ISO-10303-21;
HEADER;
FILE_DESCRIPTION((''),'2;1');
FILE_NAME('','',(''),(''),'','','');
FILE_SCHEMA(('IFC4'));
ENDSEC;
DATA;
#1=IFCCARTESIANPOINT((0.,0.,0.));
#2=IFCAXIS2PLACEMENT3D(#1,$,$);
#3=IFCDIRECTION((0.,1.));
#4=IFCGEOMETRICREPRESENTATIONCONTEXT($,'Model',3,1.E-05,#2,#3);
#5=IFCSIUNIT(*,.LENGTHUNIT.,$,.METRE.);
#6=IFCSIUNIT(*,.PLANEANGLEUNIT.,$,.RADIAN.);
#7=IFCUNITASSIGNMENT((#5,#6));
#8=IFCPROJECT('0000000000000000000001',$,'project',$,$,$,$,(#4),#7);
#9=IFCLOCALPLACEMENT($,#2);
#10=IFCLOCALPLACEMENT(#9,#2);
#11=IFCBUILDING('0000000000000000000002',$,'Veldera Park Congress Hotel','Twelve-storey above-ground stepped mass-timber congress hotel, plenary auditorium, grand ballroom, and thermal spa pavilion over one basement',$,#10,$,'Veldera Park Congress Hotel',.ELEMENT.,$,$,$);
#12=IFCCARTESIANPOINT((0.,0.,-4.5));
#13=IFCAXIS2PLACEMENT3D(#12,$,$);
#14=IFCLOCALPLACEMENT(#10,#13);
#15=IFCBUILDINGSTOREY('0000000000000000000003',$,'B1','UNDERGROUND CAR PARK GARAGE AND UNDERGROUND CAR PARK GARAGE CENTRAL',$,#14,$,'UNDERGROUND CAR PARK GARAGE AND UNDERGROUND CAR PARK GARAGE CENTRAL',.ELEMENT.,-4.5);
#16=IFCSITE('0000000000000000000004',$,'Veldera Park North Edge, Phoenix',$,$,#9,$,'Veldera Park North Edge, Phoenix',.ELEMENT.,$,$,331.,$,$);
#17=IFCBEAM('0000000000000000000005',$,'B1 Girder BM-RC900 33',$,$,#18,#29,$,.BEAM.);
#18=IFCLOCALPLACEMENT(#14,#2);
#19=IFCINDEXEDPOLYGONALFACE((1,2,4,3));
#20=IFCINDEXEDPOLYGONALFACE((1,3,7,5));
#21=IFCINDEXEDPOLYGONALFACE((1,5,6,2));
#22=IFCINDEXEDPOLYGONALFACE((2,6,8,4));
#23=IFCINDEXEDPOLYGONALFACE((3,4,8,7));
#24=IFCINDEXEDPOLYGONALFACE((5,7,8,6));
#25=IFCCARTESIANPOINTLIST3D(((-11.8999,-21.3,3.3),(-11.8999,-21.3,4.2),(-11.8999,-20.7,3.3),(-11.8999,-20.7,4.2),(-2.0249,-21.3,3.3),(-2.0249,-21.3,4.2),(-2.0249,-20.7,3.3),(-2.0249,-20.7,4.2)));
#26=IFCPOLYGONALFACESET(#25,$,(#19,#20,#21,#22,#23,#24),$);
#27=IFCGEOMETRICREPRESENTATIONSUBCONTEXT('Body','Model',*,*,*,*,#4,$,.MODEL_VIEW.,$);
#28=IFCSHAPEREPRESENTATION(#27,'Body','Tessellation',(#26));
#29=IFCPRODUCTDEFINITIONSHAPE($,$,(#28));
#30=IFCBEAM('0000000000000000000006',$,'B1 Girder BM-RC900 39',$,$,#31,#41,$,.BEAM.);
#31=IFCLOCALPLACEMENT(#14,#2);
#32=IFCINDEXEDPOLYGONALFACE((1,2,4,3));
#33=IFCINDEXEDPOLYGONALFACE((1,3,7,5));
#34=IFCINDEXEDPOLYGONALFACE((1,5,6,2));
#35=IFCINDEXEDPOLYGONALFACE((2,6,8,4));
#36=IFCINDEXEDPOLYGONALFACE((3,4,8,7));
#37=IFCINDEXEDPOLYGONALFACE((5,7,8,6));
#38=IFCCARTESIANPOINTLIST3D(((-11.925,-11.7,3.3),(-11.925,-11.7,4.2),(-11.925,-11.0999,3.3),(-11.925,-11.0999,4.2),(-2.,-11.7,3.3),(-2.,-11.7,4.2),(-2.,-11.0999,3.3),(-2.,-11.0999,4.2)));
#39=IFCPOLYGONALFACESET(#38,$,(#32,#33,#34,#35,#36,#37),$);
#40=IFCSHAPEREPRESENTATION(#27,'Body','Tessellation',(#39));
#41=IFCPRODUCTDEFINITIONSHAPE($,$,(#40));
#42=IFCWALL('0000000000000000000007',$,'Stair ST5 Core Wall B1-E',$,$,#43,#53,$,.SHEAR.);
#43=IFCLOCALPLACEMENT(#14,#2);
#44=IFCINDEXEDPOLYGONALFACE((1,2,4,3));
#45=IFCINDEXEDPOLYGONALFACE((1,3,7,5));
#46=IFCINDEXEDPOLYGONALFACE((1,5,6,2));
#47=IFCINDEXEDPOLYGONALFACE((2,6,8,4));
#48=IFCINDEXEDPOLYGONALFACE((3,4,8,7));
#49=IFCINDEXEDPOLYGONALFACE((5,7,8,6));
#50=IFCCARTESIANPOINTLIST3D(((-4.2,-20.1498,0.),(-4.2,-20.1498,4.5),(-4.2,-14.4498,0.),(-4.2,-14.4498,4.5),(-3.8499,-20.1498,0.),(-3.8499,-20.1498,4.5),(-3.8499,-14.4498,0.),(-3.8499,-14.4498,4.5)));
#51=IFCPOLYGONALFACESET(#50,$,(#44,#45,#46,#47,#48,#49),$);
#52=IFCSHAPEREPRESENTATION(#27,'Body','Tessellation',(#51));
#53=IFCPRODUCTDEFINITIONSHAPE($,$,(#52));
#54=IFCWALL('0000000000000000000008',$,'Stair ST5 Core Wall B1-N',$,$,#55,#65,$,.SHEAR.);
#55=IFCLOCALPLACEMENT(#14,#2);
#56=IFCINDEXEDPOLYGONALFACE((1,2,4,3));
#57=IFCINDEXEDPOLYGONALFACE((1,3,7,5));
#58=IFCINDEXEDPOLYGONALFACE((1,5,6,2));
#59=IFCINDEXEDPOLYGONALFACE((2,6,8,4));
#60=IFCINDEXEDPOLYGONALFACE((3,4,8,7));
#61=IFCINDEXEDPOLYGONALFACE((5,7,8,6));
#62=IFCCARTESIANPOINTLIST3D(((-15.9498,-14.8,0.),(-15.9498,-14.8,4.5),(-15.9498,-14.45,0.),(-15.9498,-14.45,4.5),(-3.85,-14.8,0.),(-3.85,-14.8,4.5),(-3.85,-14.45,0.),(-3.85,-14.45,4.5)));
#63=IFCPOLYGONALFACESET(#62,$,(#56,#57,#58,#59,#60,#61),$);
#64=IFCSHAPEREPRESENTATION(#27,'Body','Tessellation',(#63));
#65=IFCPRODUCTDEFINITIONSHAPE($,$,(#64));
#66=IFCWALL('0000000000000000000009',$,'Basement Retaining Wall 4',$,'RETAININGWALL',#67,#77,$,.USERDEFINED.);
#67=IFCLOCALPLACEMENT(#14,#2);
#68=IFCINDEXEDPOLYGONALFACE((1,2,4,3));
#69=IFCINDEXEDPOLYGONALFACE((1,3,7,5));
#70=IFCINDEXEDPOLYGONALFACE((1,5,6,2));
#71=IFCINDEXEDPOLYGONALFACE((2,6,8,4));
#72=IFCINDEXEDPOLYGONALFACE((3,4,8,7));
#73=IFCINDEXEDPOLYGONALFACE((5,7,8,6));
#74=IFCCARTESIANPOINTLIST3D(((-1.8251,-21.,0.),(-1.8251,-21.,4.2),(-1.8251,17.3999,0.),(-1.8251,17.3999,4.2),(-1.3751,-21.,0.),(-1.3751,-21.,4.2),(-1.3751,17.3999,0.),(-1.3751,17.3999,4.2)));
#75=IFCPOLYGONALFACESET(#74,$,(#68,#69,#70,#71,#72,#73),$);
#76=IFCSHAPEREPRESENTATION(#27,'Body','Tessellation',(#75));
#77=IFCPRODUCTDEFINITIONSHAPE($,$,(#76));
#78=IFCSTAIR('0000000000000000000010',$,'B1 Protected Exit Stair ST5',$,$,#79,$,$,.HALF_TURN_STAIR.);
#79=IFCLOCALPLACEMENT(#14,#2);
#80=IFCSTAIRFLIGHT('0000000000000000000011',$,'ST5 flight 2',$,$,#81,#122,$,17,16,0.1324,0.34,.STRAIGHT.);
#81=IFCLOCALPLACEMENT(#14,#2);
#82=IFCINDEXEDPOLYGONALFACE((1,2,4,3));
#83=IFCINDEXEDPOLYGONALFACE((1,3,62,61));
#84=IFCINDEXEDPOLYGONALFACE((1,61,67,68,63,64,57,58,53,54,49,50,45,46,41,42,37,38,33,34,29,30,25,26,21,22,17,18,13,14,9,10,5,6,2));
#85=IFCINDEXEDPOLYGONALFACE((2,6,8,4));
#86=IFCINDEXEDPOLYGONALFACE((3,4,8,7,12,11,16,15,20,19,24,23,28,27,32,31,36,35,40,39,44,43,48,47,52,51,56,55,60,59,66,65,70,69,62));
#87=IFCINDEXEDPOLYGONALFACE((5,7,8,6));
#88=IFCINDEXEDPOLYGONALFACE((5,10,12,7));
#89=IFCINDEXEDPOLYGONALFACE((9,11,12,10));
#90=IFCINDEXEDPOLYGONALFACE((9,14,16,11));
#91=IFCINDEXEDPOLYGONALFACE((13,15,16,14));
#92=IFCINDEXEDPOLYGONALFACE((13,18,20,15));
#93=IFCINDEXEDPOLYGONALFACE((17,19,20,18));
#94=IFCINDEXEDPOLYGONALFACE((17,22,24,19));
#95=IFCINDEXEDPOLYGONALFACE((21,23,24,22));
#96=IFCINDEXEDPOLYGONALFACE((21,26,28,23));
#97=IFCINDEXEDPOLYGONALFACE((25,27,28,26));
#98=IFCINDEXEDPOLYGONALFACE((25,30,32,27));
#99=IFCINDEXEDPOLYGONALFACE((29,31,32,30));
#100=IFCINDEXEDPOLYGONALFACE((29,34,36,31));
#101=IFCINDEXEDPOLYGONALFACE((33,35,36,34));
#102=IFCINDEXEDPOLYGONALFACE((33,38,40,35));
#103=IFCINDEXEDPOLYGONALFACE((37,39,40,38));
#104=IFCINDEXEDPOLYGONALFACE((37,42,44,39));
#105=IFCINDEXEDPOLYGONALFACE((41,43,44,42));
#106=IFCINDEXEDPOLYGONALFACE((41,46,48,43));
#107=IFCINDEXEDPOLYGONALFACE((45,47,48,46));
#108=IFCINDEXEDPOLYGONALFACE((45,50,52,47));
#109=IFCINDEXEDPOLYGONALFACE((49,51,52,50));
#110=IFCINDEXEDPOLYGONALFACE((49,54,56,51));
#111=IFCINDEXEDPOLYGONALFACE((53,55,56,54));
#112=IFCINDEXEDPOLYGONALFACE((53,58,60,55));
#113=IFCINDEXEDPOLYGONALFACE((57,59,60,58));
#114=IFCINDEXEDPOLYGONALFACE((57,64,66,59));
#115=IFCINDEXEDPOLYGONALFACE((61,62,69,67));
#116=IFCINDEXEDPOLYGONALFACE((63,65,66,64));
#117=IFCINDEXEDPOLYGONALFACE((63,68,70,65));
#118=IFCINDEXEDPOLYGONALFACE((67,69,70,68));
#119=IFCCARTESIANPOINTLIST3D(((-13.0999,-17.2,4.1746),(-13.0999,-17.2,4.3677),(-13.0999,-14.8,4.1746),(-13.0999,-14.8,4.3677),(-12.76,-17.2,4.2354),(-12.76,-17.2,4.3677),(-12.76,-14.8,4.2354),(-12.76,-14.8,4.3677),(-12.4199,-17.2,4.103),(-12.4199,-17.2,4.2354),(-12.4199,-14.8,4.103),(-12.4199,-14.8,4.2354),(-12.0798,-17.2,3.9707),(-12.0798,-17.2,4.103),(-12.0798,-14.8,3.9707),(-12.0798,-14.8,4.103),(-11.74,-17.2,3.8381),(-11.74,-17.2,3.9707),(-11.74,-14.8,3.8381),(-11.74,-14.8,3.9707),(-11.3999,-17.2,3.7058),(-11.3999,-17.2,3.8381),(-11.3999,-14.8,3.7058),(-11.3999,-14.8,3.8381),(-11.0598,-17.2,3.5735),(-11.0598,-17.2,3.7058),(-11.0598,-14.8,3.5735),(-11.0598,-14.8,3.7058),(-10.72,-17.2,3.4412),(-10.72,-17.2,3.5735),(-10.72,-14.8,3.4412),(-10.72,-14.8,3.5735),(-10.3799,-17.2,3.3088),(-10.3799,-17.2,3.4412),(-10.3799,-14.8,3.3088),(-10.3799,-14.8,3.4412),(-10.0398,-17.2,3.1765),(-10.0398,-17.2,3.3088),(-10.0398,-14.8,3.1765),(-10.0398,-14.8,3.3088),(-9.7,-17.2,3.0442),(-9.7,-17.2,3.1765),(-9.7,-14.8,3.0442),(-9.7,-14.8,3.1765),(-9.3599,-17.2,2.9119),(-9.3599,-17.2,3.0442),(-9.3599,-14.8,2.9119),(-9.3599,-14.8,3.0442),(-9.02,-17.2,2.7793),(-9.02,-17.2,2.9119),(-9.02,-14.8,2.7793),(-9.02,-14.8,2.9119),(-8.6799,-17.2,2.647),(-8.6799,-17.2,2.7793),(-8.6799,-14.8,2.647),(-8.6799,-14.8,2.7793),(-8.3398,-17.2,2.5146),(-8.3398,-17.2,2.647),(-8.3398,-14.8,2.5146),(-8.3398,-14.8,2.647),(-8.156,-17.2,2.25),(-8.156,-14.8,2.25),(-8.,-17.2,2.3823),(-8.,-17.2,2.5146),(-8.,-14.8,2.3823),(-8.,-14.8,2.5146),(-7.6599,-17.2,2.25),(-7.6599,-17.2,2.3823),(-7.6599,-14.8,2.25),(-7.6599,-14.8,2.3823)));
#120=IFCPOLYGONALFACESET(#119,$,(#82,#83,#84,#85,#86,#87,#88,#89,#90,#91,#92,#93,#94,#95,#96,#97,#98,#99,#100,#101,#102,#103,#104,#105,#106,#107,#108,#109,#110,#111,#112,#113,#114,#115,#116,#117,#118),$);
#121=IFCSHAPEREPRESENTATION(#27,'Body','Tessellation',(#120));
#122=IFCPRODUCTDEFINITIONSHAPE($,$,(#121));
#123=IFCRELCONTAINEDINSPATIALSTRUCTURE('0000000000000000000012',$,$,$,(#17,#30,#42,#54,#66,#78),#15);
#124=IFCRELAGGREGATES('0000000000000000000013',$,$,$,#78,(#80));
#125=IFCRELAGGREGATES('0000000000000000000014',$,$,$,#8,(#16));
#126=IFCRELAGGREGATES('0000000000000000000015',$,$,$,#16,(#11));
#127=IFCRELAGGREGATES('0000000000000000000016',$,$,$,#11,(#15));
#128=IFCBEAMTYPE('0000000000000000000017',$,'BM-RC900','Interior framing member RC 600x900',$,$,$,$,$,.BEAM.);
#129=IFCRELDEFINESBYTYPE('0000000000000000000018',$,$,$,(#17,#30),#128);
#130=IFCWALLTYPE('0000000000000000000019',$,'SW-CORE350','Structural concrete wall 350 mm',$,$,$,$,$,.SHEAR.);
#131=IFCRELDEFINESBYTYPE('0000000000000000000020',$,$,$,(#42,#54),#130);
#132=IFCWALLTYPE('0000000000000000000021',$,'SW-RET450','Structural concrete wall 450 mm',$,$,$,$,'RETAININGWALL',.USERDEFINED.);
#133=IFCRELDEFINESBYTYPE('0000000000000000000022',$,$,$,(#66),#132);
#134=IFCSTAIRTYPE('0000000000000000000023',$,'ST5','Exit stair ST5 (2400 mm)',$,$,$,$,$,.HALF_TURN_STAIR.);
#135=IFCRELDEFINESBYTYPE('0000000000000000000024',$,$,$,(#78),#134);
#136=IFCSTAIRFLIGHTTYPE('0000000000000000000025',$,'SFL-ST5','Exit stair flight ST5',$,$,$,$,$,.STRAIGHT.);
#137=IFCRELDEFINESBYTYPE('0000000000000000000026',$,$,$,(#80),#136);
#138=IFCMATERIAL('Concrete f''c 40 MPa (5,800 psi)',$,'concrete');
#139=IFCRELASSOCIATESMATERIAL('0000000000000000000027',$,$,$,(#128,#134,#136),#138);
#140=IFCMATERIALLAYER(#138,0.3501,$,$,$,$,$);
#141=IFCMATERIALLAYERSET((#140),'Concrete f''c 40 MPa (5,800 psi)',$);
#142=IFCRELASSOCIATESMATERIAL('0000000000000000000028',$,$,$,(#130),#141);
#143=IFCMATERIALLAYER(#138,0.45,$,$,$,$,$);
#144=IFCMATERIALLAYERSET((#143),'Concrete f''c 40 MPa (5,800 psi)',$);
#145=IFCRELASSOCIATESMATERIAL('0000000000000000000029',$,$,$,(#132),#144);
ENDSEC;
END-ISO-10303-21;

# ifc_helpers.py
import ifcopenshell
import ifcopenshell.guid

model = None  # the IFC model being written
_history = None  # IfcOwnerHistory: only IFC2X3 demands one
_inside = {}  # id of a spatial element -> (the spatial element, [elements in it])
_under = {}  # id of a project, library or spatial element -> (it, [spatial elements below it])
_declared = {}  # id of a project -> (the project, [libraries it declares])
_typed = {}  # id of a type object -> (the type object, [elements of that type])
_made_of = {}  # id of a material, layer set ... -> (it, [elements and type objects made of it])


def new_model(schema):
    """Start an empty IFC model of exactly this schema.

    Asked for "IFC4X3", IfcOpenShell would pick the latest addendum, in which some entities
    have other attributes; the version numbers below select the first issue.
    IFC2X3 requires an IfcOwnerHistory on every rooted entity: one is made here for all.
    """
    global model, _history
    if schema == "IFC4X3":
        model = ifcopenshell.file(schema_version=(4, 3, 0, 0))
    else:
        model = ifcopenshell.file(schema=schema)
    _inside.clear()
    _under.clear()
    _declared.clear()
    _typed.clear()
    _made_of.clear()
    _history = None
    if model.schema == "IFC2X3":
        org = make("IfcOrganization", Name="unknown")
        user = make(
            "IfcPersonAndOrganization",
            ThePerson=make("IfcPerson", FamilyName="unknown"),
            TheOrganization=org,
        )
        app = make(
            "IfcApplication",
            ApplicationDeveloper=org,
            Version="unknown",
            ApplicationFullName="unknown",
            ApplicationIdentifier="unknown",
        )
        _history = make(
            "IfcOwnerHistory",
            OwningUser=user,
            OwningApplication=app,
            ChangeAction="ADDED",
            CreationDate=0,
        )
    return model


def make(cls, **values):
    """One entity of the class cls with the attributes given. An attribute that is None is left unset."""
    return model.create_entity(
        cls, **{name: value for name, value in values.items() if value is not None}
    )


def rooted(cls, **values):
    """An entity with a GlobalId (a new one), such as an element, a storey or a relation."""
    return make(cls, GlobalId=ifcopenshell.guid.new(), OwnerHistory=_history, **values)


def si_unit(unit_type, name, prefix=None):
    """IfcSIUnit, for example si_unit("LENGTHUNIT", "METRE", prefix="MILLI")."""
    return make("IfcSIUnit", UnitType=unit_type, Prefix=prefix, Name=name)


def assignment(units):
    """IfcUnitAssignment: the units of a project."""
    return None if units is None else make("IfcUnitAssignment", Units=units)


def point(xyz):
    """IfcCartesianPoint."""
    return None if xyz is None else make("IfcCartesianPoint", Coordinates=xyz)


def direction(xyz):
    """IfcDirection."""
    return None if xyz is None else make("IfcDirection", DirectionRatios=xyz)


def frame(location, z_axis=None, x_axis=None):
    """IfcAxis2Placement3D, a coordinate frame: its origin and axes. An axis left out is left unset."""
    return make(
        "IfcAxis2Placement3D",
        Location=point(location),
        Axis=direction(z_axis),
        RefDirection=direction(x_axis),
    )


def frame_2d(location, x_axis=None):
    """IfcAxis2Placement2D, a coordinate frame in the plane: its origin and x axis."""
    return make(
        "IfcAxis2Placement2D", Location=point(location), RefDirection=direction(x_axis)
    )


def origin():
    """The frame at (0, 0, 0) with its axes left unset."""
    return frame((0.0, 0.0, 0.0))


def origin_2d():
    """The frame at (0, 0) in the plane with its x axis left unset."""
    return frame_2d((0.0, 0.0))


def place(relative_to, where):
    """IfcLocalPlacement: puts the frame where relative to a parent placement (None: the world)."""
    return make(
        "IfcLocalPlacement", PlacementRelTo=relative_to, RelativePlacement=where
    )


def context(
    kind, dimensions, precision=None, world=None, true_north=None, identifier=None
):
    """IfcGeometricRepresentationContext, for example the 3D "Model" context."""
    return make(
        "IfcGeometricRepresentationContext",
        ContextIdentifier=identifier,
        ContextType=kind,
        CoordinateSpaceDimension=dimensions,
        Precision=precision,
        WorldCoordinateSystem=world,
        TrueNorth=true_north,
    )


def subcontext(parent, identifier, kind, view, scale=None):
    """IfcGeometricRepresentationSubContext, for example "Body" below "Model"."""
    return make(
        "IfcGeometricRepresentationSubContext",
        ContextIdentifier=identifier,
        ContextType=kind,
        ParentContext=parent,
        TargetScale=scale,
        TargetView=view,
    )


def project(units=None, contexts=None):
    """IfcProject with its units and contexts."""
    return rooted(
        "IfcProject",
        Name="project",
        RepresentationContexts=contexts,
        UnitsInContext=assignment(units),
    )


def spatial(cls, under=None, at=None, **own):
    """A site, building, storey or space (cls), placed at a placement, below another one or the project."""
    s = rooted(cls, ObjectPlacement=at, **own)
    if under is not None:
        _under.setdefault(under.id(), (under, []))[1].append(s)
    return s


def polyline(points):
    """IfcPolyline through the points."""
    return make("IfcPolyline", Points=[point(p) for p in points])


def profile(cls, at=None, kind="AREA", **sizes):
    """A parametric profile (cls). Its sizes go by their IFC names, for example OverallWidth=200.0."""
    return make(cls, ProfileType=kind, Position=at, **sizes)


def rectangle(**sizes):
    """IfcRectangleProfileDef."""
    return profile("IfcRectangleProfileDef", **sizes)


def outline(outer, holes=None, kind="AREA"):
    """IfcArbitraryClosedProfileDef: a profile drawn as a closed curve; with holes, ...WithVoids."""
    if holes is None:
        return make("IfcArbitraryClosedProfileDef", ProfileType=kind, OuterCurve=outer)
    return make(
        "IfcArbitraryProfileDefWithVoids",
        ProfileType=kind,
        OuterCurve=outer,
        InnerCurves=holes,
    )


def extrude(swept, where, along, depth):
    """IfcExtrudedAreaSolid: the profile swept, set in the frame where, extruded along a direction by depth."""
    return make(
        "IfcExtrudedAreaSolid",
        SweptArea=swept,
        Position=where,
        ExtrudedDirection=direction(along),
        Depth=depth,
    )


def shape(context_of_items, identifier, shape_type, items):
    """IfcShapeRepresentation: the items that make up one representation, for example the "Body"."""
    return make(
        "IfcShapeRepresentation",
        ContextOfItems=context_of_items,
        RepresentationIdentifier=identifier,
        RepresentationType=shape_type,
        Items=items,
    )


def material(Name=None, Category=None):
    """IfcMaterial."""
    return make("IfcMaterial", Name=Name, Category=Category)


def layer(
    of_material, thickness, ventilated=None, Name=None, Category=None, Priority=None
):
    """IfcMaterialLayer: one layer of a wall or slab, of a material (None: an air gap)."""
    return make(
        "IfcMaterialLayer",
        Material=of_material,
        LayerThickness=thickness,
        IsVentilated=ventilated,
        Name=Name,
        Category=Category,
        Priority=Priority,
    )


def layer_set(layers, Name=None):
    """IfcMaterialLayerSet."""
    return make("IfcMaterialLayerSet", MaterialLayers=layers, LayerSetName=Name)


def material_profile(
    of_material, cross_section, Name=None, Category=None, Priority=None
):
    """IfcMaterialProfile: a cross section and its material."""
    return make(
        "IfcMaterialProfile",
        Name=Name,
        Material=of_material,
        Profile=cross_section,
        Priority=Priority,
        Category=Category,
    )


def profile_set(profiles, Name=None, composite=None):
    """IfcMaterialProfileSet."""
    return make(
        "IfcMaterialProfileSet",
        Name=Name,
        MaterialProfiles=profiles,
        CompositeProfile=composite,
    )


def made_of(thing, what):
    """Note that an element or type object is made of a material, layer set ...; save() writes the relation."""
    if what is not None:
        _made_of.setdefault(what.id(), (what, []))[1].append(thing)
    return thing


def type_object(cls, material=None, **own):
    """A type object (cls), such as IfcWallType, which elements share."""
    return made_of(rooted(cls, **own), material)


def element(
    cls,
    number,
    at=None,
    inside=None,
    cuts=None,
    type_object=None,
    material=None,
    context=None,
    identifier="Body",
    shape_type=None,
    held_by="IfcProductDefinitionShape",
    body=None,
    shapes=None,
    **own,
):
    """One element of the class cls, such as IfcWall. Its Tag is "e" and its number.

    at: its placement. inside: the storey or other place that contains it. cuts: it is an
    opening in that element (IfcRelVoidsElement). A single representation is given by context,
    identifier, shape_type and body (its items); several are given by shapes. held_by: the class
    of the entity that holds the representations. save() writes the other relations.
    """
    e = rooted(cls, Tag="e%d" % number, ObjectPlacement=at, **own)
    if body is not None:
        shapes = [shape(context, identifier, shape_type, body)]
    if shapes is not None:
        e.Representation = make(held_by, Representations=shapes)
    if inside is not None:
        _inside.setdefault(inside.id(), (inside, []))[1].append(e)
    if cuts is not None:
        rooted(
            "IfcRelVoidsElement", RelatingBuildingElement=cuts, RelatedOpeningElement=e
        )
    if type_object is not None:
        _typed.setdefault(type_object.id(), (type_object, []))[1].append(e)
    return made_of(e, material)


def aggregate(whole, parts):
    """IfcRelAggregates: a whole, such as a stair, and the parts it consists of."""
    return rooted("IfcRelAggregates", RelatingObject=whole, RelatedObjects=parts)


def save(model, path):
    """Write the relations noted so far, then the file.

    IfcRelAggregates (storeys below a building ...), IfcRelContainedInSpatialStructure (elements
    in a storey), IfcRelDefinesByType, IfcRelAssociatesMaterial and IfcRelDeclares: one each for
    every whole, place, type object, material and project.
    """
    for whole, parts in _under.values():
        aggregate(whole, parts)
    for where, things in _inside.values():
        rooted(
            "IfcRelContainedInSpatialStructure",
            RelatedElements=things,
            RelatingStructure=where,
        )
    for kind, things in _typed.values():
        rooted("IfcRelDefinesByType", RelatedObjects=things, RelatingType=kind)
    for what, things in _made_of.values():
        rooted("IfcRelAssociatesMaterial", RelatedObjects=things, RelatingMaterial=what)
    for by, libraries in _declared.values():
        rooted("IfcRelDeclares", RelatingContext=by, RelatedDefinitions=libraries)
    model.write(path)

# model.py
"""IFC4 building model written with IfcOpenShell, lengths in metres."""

from ifc_helpers import new_model, si_unit, direction, frame, frame_2d, origin, origin_2d, place, context, subcontext, project, spatial, polyline, rectangle, outline, extrude, material, layer, layer_set, material_profile, profile_set, type_object, element, aggregate, save


model = new_model("IFC4")

# Units and contexts
model_context = context("Model", 3, precision=1e-05, world=origin(), true_north=direction((0.0, 1.0)))
body_context = subcontext(model_context, "Body", "Model", "MODEL_VIEW")
ifc_project = project(units=[si_unit("LENGTHUNIT", "METRE"), si_unit("PLANEANGLEUNIT", "RADIAN")], contexts=[model_context])

# Site, building, storey
site_placement = place(None, origin())
site = spatial("IfcSite", under=ifc_project, at=site_placement, Name="Veldera Park North Edge, Phoenix", LongName="Veldera Park North Edge, Phoenix", CompositionType="ELEMENT", RefElevation=331.0)
building_placement = place(site_placement, origin())
building = spatial("IfcBuilding", under=site, at=building_placement, Name="Veldera Park Congress Hotel", Description="Twelve-storey above-ground stepped mass-timber congress hotel, plenary auditorium, grand ballroom, and thermal spa pavilion over one basement", LongName="Veldera Park Congress Hotel", CompositionType="ELEMENT")
storey_placement = place(building_placement, frame((0.0, 0.0, -4.5)))
storey = spatial("IfcBuildingStorey", under=building, at=storey_placement, Name="B1", Description="UNDERGROUND CAR PARK GARAGE AND UNDERGROUND CAR PARK GARAGE CENTRAL", LongName="UNDERGROUND CAR PARK GARAGE AND UNDERGROUND CAR PARK GARAGE CENTRAL", CompositionType="ELEMENT", Elevation=-4.5)

# Shared definitions
ifc_material_1 = material(Name="Concrete f'c 40 MPa (5,800 psi)", Category="concrete")

# Beams
ifc_material_profile_1 = material_profile(ifc_material_1, rectangle(XDim=0.6001, YDim=0.8999, at=origin_2d()), Name="RC 600x900")
ifc_profile_set_1 = profile_set([ifc_material_profile_1], Name="Concrete f'c 40 MPa (5,800 psi)")
beam_type_1 = type_object("IfcBeamType", Name="BM-RC900", Description="Interior framing member RC 600x900", PredefinedType="BEAM", material=ifc_profile_set_1)
beam_1_placement = place(storey_placement, frame((-11.8999, -21.0, 3.75), z_axis=(1.0, 0.0, 0.0), x_axis=(0.0, 1.0, 0.0)))
element("IfcBeam", 1, at=beam_1_placement, inside=storey, type_object=beam_type_1, Name="B1 Girder BM-RC900 33", PredefinedType="BEAM", context=body_context, shape_type="SweptSolid", body=[
    extrude(rectangle(XDim=0.6001, YDim=0.8999, at=origin_2d()), origin(), (0.0, 0.0, 1.0), 9.875),
])
beam_2_placement = place(storey_placement, frame((-11.925, -11.3999, 3.75), z_axis=(1.0, 0.0, 0.0), x_axis=(0.0, 1.0, 0.0)))
element("IfcBeam", 2, at=beam_2_placement, inside=storey, type_object=beam_type_1, Name="B1 Girder BM-RC900 39", PredefinedType="BEAM", context=body_context, shape_type="SweptSolid", body=[
    extrude(rectangle(XDim=0.6001, YDim=0.8999, at=origin_2d()), origin(), (0.0, 0.0, 1.0), 9.925),
])

# Walls
ifc_layer_1 = layer(ifc_material_1, 0.3501)
ifc_layer_set_1 = layer_set([ifc_layer_1], Name="Concrete f'c 40 MPa (5,800 psi)")
wall_type_1 = type_object("IfcWallType", Name="SW-CORE350", Description="Structural concrete wall 350 mm", PredefinedType="SHEAR", material=ifc_layer_set_1)
wall_1_placement = place(storey_placement, frame((-4.0249, -20.1499, 0.0), z_axis=(0.0, 0.0, 1.0), x_axis=(0.0, 1.0, 0.0)))
element("IfcWall", 3, at=wall_1_placement, inside=storey, type_object=wall_type_1, Name="Stair ST5 Core Wall B1-E", PredefinedType="SHEAR", context=body_context, shape_type="SweptSolid", body=[
    extrude(rectangle(XDim=5.7, YDim=0.3501, at=frame_2d((2.8501, 0.0))), origin(), (0.0, 0.0, 1.0), 4.5),
])
wall_2_placement = place(storey_placement, frame((-3.8501, -14.625, 0.0), z_axis=(0.0, 0.0, 1.0), x_axis=(-1.0, 0.0, 0.0)))
element("IfcWall", 4, at=wall_2_placement, inside=storey, type_object=wall_type_1, Name="Stair ST5 Core Wall B1-N", PredefinedType="SHEAR", context=body_context, shape_type="SweptSolid", body=[
    extrude(rectangle(XDim=12.0999, YDim=0.3501, at=frame_2d((6.0498, 0.0))), origin(), (0.0, 0.0, 1.0), 4.5),
])
ifc_layer_2 = layer(ifc_material_1, 0.45)
ifc_layer_set_2 = layer_set([ifc_layer_2], Name="Concrete f'c 40 MPa (5,800 psi)")
wall_type_2 = type_object("IfcWallType", Name="SW-RET450", Description="Structural concrete wall 450 mm", ElementType="RETAININGWALL", PredefinedType="USERDEFINED", material=ifc_layer_set_2)
wall_3_placement = place(storey_placement, frame((-1.6001, -21.0, 0.0), z_axis=(0.0, 0.0, 1.0), x_axis=(0.0, 1.0, 0.0)))
element("IfcWall", 5, at=wall_3_placement, inside=storey, type_object=wall_type_2, Name="Basement Retaining Wall 4", ObjectType="RETAININGWALL", PredefinedType="USERDEFINED", context=body_context, shape_type="SweptSolid", body=[
    extrude(rectangle(XDim=38.3999, YDim=0.45, at=frame_2d((19.2, 0.0))), origin(), (0.0, 0.0, 1.0), 4.2),
])

# Stair, stair flight
stair_type = type_object("IfcStairType", Name="ST5", Description="Exit stair ST5 (2400 mm)", PredefinedType="HALF_TURN_STAIR", material=ifc_material_1)
stair_placement = place(storey_placement, origin())
stair = element("IfcStair", 6, at=stair_placement, inside=storey, type_object=stair_type, Name="B1 Protected Exit Stair ST5", PredefinedType="HALF_TURN_STAIR")
stair_flight_type = type_object("IfcStairFlightType", Name="SFL-ST5", Description="Exit stair flight ST5", PredefinedType="STRAIGHT", material=ifc_material_1)
stair_flight_placement = place(storey_placement, frame((-7.6599, -16.0, 2.25), z_axis=(0.0, 0.0, 1.0), x_axis=(-1.0, 0.0, 0.0)))
stair_flight = element("IfcStairFlight", 7, at=stair_flight_placement, type_object=stair_flight_type, Name="ST5 flight 2", NumberOfRisers=17, NumberOfTreads=16, PredefinedType="STRAIGHT", RiserHeight=0.1324, TreadLength=0.34, context=body_context, shape_type="SweptSolid", body=[
    extrude(outline(polyline([(0.0, 0.0), (0.0, 0.1323), (0.3401, 0.1323), (0.3401, 0.2646), (0.6799, 0.2646), (0.6799, 0.397), (1.02, 0.397), (1.02, 0.5293), (1.3601, 0.5293), (1.3601, 0.6619), (1.7, 0.6619), (1.7, 0.7942), (2.04, 0.7942), (2.04, 0.9265), (2.3799, 0.9265), (2.3799, 1.0588), (2.72, 1.0588), (2.72, 1.1912), (3.0601, 1.1912), (3.0601, 1.3235), (3.3999, 1.3235), (3.3999, 1.4558), (3.74, 1.4558), (3.74, 1.5881), (4.0801, 1.5881), (4.0801, 1.7207), (4.4199, 1.7207), (4.4199, 1.853), (4.76, 1.853), (4.76, 1.9854), (5.1001, 1.9854), (5.1001, 2.1177), (5.4399, 2.1177), (5.4399, 2.25), (5.4399, 2.25), (5.4399, 1.9246), (0.4961, 0.0), (0.0, 0.0)])), frame((0.0, 1.2, 0.0), z_axis=(0.0, -1.0, 0.0), x_axis=(1.0, 0.0, 0.0)), (0.0, 0.0, 1.0), 2.3999),
])
aggregate(stair, [stair_flight])

save(model, "model.ifc")
